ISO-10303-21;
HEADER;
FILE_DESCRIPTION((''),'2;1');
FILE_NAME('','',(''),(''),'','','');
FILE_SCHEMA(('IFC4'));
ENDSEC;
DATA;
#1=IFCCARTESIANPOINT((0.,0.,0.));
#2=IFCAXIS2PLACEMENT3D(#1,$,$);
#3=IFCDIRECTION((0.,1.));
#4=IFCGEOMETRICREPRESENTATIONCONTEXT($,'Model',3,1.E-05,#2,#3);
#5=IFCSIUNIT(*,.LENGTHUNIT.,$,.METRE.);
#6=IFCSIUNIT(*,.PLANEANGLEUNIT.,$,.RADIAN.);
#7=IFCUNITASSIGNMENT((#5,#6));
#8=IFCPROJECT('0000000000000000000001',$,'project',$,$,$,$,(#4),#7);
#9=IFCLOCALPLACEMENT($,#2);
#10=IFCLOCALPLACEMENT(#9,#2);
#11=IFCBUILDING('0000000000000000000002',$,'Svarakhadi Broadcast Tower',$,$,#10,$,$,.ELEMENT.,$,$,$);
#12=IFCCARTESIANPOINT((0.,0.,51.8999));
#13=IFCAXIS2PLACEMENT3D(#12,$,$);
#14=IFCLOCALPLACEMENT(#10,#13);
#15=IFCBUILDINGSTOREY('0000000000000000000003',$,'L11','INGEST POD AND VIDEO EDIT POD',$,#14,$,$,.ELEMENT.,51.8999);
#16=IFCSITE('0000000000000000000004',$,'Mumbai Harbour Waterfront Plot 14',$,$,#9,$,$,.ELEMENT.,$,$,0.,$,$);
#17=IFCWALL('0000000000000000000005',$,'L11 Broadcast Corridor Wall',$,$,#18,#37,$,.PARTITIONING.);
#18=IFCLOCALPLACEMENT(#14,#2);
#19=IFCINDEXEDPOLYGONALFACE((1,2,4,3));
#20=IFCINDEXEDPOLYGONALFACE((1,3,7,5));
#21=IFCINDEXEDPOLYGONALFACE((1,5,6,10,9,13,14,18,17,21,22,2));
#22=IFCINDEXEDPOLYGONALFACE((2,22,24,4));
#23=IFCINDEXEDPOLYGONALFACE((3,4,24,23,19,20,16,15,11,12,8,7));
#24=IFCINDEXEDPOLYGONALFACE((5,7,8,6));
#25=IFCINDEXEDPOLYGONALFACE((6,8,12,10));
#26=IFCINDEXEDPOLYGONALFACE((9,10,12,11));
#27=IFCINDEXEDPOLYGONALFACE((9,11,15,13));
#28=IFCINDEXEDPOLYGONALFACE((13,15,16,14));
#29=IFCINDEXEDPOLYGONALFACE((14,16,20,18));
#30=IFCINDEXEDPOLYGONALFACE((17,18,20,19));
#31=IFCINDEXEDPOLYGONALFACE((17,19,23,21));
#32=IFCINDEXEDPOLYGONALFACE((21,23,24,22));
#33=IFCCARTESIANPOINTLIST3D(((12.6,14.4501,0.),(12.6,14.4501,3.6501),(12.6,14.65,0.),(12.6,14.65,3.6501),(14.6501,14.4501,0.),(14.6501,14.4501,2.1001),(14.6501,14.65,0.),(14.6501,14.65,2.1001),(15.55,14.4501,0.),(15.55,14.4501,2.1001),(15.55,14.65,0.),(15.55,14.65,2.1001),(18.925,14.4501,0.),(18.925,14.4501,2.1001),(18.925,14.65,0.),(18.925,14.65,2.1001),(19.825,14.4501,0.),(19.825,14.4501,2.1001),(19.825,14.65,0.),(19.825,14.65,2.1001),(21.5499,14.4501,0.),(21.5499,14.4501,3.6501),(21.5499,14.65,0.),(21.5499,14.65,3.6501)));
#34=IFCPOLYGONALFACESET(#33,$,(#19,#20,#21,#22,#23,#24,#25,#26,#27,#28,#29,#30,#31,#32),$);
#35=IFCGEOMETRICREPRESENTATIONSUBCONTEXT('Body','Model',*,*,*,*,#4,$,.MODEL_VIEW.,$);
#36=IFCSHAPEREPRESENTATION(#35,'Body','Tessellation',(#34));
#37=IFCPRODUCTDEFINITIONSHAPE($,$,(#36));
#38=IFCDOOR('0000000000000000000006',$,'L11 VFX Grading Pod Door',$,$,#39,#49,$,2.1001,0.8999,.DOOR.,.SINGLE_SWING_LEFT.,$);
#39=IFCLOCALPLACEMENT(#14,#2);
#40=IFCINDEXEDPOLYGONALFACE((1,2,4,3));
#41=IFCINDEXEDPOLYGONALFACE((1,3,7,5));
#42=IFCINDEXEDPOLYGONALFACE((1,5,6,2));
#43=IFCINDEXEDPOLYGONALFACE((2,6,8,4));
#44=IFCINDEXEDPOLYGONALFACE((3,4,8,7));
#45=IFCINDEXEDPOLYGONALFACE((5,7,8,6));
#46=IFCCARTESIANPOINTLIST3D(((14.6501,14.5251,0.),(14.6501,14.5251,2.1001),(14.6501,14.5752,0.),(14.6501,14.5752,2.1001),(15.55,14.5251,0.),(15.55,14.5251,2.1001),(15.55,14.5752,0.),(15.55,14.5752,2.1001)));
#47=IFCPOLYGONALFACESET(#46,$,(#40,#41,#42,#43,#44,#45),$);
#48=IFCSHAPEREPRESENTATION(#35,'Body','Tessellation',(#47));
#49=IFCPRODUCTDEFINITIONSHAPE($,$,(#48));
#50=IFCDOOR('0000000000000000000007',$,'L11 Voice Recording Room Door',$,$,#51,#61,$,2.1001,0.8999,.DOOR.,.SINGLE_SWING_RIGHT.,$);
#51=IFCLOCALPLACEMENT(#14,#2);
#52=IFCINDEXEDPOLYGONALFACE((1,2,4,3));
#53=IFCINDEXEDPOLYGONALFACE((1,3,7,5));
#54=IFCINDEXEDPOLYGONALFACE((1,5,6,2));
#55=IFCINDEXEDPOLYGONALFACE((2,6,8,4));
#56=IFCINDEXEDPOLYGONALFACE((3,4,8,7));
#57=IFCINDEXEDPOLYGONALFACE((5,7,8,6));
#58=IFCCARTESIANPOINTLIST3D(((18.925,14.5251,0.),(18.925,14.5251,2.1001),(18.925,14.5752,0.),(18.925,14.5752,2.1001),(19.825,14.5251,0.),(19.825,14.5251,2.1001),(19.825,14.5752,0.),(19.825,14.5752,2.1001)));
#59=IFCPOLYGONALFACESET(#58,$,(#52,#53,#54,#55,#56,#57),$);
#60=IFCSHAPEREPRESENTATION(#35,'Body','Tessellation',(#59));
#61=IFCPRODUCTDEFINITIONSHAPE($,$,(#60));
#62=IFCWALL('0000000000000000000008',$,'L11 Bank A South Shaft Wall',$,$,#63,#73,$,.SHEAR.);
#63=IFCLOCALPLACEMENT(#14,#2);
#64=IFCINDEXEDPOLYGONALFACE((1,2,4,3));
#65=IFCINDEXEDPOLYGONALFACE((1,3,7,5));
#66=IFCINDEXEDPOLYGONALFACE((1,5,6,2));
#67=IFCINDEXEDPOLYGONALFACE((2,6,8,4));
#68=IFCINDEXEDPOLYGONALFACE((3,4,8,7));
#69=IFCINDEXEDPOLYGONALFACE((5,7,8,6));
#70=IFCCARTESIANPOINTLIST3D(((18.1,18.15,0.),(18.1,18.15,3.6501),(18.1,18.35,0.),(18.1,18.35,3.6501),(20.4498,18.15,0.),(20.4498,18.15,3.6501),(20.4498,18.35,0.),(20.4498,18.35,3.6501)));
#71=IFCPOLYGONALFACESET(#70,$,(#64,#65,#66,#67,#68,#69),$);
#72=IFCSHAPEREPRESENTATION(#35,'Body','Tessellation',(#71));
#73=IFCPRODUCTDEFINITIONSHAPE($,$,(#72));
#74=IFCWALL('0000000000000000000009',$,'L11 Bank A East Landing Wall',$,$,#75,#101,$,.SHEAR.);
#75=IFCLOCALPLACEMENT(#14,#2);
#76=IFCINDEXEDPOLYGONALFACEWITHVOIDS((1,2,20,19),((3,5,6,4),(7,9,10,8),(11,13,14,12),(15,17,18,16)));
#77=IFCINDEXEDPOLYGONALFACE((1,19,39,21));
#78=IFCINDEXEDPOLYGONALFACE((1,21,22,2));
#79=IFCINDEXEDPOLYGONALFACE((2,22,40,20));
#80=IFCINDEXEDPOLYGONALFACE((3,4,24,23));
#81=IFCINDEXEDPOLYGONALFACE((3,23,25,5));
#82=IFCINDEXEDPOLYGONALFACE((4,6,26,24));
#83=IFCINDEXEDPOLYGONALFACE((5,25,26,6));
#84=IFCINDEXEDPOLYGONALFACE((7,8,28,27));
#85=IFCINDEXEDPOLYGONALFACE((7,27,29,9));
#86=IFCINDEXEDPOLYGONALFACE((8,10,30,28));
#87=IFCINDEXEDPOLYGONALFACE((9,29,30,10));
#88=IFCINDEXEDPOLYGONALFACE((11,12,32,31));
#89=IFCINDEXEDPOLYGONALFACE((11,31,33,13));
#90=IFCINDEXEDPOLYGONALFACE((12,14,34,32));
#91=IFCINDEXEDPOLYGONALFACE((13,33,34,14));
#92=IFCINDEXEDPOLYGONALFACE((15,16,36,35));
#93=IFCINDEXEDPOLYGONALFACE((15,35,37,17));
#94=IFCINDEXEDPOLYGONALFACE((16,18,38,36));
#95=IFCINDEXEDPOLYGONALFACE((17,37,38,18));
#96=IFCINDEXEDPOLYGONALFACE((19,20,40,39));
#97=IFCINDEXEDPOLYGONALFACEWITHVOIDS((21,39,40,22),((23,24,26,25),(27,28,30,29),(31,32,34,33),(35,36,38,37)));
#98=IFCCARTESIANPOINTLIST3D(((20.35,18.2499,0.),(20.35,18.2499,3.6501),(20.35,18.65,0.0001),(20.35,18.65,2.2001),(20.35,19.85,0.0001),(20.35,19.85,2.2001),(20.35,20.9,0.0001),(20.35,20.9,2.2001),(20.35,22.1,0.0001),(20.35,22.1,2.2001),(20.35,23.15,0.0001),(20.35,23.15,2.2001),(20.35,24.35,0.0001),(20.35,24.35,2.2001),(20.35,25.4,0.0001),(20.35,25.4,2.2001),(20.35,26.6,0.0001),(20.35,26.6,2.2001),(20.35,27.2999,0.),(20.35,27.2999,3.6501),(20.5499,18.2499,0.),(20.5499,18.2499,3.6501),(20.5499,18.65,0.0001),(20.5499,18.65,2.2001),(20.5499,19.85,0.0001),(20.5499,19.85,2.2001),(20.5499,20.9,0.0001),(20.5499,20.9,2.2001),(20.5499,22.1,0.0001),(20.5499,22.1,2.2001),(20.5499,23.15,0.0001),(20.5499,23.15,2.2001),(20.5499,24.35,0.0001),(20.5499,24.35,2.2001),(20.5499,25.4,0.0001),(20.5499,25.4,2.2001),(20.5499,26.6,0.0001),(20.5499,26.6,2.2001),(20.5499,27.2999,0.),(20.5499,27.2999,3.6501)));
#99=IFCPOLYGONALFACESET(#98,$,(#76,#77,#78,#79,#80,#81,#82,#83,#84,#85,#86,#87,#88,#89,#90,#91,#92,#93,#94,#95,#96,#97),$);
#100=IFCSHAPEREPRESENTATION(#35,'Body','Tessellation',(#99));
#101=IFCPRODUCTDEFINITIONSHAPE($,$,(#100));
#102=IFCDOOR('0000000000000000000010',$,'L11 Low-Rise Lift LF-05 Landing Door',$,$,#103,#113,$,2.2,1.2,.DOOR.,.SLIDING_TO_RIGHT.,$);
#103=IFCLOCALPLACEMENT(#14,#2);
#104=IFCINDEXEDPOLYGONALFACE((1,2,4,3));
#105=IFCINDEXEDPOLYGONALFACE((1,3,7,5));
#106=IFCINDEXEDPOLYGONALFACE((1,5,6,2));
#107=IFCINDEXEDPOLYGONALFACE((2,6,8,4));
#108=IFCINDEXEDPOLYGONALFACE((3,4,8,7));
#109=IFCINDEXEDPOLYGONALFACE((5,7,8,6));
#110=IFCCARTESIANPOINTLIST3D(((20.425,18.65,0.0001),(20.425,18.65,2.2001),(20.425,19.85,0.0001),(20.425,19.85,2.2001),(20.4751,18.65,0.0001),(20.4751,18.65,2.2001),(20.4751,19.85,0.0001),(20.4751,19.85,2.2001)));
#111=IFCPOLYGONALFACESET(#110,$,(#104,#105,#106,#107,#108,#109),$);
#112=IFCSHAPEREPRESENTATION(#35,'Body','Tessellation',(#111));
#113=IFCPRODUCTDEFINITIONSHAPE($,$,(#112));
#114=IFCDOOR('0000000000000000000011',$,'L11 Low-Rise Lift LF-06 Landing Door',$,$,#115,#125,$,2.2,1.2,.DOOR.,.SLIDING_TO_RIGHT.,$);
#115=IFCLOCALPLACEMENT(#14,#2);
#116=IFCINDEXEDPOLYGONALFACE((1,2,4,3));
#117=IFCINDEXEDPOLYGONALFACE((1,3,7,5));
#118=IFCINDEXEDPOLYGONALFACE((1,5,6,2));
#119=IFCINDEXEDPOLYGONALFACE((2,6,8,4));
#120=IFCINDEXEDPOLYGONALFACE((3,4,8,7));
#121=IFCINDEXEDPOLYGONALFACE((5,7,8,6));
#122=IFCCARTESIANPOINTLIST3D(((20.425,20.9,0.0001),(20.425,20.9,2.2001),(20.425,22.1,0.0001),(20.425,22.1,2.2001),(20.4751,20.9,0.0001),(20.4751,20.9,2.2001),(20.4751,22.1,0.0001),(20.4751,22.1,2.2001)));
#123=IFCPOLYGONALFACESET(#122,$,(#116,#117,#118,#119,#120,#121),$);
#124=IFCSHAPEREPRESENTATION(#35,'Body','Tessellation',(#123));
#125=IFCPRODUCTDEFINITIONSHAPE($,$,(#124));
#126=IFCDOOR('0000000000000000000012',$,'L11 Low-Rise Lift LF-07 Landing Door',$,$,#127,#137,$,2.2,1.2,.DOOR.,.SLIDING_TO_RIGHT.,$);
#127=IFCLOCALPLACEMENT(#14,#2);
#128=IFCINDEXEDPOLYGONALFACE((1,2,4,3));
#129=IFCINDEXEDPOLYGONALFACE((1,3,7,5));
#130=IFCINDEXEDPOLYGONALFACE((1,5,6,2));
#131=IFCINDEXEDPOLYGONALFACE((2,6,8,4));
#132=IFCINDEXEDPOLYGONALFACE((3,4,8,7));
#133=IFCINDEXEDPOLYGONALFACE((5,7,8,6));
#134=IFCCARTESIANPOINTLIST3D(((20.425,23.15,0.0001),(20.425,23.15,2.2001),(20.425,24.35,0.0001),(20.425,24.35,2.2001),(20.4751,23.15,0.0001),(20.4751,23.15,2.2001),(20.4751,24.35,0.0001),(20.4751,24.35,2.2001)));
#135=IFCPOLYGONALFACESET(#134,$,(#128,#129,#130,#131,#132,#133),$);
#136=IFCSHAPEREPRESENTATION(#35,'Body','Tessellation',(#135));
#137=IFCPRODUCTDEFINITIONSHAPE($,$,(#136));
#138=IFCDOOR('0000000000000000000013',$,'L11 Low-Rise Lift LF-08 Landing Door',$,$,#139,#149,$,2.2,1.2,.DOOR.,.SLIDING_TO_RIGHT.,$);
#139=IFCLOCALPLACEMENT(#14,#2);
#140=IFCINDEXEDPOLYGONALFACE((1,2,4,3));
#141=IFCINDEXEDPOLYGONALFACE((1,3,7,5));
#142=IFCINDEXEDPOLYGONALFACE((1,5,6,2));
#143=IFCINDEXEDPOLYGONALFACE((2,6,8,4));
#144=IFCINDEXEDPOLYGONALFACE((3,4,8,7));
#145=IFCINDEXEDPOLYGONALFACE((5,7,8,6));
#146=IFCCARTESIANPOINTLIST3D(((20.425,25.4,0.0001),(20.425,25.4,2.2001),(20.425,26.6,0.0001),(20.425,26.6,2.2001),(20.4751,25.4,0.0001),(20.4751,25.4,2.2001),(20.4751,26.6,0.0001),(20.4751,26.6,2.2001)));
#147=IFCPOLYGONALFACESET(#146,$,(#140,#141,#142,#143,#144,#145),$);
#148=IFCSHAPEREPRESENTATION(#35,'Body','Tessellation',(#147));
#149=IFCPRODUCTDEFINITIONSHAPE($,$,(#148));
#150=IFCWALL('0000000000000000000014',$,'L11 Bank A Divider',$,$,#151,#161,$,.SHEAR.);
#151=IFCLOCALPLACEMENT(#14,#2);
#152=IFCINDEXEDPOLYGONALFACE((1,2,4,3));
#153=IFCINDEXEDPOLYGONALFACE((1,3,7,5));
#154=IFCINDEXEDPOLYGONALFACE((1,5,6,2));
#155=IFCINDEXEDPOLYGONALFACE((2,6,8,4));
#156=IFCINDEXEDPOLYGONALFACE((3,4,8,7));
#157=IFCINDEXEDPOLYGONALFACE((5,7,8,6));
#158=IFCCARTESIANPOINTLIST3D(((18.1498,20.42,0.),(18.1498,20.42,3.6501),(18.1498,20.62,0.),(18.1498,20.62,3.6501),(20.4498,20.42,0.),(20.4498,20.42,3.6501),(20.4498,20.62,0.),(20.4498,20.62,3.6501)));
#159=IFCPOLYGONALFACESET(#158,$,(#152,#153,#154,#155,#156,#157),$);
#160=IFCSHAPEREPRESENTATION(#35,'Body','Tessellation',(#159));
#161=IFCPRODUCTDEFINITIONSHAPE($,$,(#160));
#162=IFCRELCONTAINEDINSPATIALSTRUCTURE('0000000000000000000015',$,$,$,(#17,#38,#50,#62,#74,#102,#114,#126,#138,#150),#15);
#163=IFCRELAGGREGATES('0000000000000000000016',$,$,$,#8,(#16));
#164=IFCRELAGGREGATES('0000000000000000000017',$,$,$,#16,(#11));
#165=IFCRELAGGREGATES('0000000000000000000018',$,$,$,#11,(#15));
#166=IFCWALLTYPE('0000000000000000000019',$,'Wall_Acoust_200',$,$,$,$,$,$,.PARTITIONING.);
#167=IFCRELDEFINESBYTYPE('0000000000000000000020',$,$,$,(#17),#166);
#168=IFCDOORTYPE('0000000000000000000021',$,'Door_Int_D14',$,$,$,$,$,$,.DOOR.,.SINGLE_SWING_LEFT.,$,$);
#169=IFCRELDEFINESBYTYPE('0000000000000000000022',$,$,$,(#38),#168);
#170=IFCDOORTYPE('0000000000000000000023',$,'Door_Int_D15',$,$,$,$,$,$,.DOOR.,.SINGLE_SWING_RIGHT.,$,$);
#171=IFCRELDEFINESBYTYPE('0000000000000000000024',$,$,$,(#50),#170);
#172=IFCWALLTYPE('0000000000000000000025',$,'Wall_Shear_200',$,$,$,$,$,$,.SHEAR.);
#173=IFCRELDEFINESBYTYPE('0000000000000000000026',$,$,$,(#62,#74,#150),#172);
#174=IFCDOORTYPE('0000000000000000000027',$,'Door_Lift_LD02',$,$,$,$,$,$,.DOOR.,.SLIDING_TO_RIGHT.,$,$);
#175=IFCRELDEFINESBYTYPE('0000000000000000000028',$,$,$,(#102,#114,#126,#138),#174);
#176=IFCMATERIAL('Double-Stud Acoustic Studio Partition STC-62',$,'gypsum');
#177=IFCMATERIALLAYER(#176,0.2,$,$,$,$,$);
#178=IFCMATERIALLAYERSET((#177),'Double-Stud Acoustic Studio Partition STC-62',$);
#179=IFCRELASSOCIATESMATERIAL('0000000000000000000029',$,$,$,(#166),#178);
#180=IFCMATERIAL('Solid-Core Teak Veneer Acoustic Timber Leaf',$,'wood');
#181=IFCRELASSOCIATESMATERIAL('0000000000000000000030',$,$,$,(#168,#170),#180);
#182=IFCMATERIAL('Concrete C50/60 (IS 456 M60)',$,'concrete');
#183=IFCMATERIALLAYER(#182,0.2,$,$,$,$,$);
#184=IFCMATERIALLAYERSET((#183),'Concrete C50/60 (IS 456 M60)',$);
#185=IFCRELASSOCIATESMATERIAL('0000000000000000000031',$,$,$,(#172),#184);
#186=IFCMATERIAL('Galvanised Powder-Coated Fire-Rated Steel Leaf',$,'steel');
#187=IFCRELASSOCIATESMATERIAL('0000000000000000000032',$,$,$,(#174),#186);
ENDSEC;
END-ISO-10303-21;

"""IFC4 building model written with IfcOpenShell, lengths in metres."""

from ifc_helpers import new_model, si_unit, direction, frame, frame_2d, origin, place, context, subcontext, project, spatial, rectangle, extrude, material, layer, layer_set, type_object, element, fill, save


model = new_model("IFC4")

# Units and contexts
model_context = context("Model", 3, precision=1e-05, world=origin(), true_north=direction((0.0, 1.0)))
body_context = subcontext(model_context, "Body", "Model", "MODEL_VIEW")
ifc_project = project(units=[si_unit("LENGTHUNIT", "METRE"), si_unit("PLANEANGLEUNIT", "RADIAN")], contexts=[model_context])

# Site, building, storey
site_placement = place(None, origin())
site = spatial("IfcSite", under=ifc_project, at=site_placement, Name="Mumbai Harbour Waterfront Plot 14", CompositionType="ELEMENT", RefElevation=0.0)
building_placement = place(site_placement, origin())
building = spatial("IfcBuilding", under=site, at=building_placement, Name="Svarakhadi Broadcast Tower", CompositionType="ELEMENT")
storey_placement = place(building_placement, frame((0.0, 0.0, 51.8999)))
storey = spatial("IfcBuildingStorey", under=building, at=storey_placement, Name="L11", Description="INGEST POD AND VIDEO EDIT POD", CompositionType="ELEMENT", Elevation=51.8999)

# Wall, openings, doors
ifc_material_1 = material(Name="Double-Stud Acoustic Studio Partition STC-62", Category="gypsum")
ifc_layer_1 = layer(ifc_material_1, 0.2)
ifc_layer_set_1 = layer_set([ifc_layer_1], Name="Double-Stud Acoustic Studio Partition STC-62")
wall_type_1 = type_object("IfcWallType", Name="Wall_Acoust_200", PredefinedType="PARTITIONING", material=ifc_layer_set_1)
wall_1_placement = place(storey_placement, frame((21.55, 14.55, 0.0), z_axis=(0.0, 0.0, 1.0), x_axis=(-1.0, 0.0, 0.0)))
wall_1 = element("IfcWall", 1, at=wall_1_placement, inside=storey, type_object=wall_type_1, Name="L11 Broadcast Corridor Wall", PredefinedType="PARTITIONING", context=body_context, shape_type="SweptSolid", body=[
    extrude(rectangle(XDim=8.95, YDim=0.2, at=frame_2d((4.4751, 0.0))), origin(), (0.0, 0.0, 1.0), 3.6501),
])
opening_1_placement = place(wall_1_placement, frame((6.0, 0.0, 0.0)))
opening_1 = element("IfcOpeningElement", 2, at=opening_1_placement, cuts=wall_1, PredefinedType="OPENING", context=body_context, shape_type="SweptSolid", body=[
    extrude(rectangle(XDim=0.8999, YDim=2.1001, at=frame_2d((0.45, 1.05))), frame((0.0, 0.1099, 0.0), z_axis=(0.0, -1.0, 0.0), x_axis=(1.0, 0.0, 0.0)), (0.0, 0.0, 1.0), 0.22),
])
opening_2_placement = place(wall_1_placement, frame((1.7251, 0.0, 0.0)))
opening_2 = element("IfcOpeningElement", 3, at=opening_2_placement, cuts=wall_1, PredefinedType="OPENING", context=body_context, shape_type="SweptSolid", body=[
    extrude(rectangle(XDim=0.8999, YDim=2.1001, at=frame_2d((0.45, 1.05))), frame((0.0, 0.1099, 0.0), z_axis=(0.0, -1.0, 0.0), x_axis=(1.0, 0.0, 0.0)), (0.0, 0.0, 1.0), 0.22),
])
ifc_material_2 = material(Name="Solid-Core Teak Veneer Acoustic Timber Leaf", Category="wood")
door_type_1 = type_object("IfcDoorType", Name="Door_Int_D14", OperationType="SINGLE_SWING_LEFT", PredefinedType="DOOR", material=ifc_material_2)
door_1_placement = place(opening_1_placement, origin())
door_1 = element("IfcDoor", 4, at=door_1_placement, inside=storey, type_object=door_type_1, Name="L11 VFX Grading Pod Door", OperationType="SINGLE_SWING_LEFT", OverallHeight=2.1001, OverallWidth=0.8999, PredefinedType="DOOR", context=body_context, shape_type="SweptSolid", body=[
    extrude(rectangle(XDim=0.8999, YDim=2.1001, at=frame_2d((0.45, 1.05))), frame((0.0, 0.0249, 0.0), z_axis=(0.0, -1.0, 0.0), x_axis=(1.0, 0.0, 0.0)), (0.0, 0.0, 1.0), 0.05),
])
fill(opening_1, door_1)
door_type_2 = type_object("IfcDoorType", Name="Door_Int_D15", OperationType="SINGLE_SWING_RIGHT", PredefinedType="DOOR", material=ifc_material_2)
door_2_placement = place(opening_2_placement, origin())
door_2 = element("IfcDoor", 5, at=door_2_placement, inside=storey, type_object=door_type_2, Name="L11 Voice Recording Room Door", OperationType="SINGLE_SWING_RIGHT", OverallHeight=2.1001, OverallWidth=0.8999, PredefinedType="DOOR", context=body_context, shape_type="SweptSolid", body=[
    extrude(rectangle(XDim=0.8999, YDim=2.1001, at=frame_2d((0.45, 1.05))), frame((0.0, 0.0249, 0.0), z_axis=(0.0, -1.0, 0.0), x_axis=(1.0, 0.0, 0.0)), (0.0, 0.0, 1.0), 0.05),
])
fill(opening_2, door_2)

# Wall
ifc_material_3 = material(Name="Concrete C50/60 (IS 456 M60)", Category="concrete")
ifc_layer_2 = layer(ifc_material_3, 0.2)
ifc_layer_set_2 = layer_set([ifc_layer_2], Name="Concrete C50/60 (IS 456 M60)")
wall_type_2 = type_object("IfcWallType", Name="Wall_Shear_200", PredefinedType="SHEAR", material=ifc_layer_set_2)
wall_2_placement = place(storey_placement, frame((18.1001, 18.25, 0.0), z_axis=(0.0, 0.0, 1.0), x_axis=(1.0, 0.0, 0.0)))
element("IfcWall", 6, at=wall_2_placement, inside=storey, type_object=wall_type_2, Name="L11 Bank A South Shaft Wall", PredefinedType="SHEAR", context=body_context, shape_type="SweptSolid", body=[
    extrude(rectangle(XDim=2.3499, YDim=0.2, at=frame_2d((1.1748, 0.0))), origin(), (0.0, 0.0, 1.0), 3.6501),
])

# Wall, openings, doors
wall_3_placement = place(storey_placement, frame((20.45, 18.25, 0.0), z_axis=(0.0, 0.0, 1.0), x_axis=(0.0, 1.0, 0.0)))
wall_3 = element("IfcWall", 7, at=wall_3_placement, inside=storey, type_object=wall_type_2, Name="L11 Bank A East Landing Wall", PredefinedType="SHEAR", context=body_context, shape_type="SweptSolid", body=[
    extrude(rectangle(XDim=9.05, YDim=0.2, at=frame_2d((4.5249, 0.0))), origin(), (0.0, 0.0, 1.0), 3.6501),
])
opening_3_placement = place(wall_3_placement, frame((0.3999, 0.0, 0.0)))
opening_3 = element("IfcOpeningElement", 8, at=opening_3_placement, cuts=wall_3, PredefinedType="OPENING", context=body_context, shape_type="SweptSolid", body=[
    extrude(rectangle(XDim=1.2, YDim=2.2, at=frame_2d((0.6001, 1.1001))), frame((0.0, 0.1099, 0.0), z_axis=(0.0, -1.0, 0.0), x_axis=(1.0, 0.0, 0.0)), (0.0, 0.0, 1.0), 0.22),
])
opening_4_placement = place(wall_3_placement, frame((2.6499, 0.0, 0.0)))
opening_4 = element("IfcOpeningElement", 9, at=opening_4_placement, cuts=wall_3, PredefinedType="OPENING", context=body_context, shape_type="SweptSolid", body=[
    extrude(rectangle(XDim=1.2, YDim=2.2, at=frame_2d((0.6001, 1.1001))), frame((0.0, 0.1099, 0.0), z_axis=(0.0, -1.0, 0.0), x_axis=(1.0, 0.0, 0.0)), (0.0, 0.0, 1.0), 0.22),
])
opening_5_placement = place(wall_3_placement, frame((4.8999, 0.0, 0.0)))
opening_5 = element("IfcOpeningElement", 10, at=opening_5_placement, cuts=wall_3, PredefinedType="OPENING", context=body_context, shape_type="SweptSolid", body=[
    extrude(rectangle(XDim=1.2, YDim=2.2, at=frame_2d((0.6001, 1.1001))), frame((0.0, 0.1099, 0.0), z_axis=(0.0, -1.0, 0.0), x_axis=(1.0, 0.0, 0.0)), (0.0, 0.0, 1.0), 0.22),
])
opening_6_placement = place(wall_3_placement, frame((7.1499, 0.0, 0.0)))
opening_6 = element("IfcOpeningElement", 11, at=opening_6_placement, cuts=wall_3, PredefinedType="OPENING", context=body_context, shape_type="SweptSolid", body=[
    extrude(rectangle(XDim=1.2, YDim=2.2, at=frame_2d((0.6001, 1.1001))), frame((0.0, 0.1099, 0.0), z_axis=(0.0, -1.0, 0.0), x_axis=(1.0, 0.0, 0.0)), (0.0, 0.0, 1.0), 0.22),
])
ifc_material_4 = material(Name="Galvanised Powder-Coated Fire-Rated Steel Leaf", Category="steel")
door_type_3 = type_object("IfcDoorType", Name="Door_Lift_LD02", OperationType="SLIDING_TO_RIGHT", PredefinedType="DOOR", material=ifc_material_4)
door_3_placement = place(opening_3_placement, origin())
door_3 = element("IfcDoor", 12, at=door_3_placement, inside=storey, type_object=door_type_3, Name="L11 Low-Rise Lift LF-05 Landing Door", OperationType="SLIDING_TO_RIGHT", OverallHeight=2.2, OverallWidth=1.2, PredefinedType="DOOR", context=body_context, shape_type="SweptSolid", body=[
    extrude(rectangle(XDim=1.2, YDim=2.2, at=frame_2d((0.6001, 1.1001))), frame((0.0, 0.0249, 0.0), z_axis=(0.0, -1.0, 0.0), x_axis=(1.0, 0.0, 0.0)), (0.0, 0.0, 1.0), 0.05),
])
fill(opening_3, door_3)
door_4_placement = place(opening_4_placement, origin())
door_4 = element("IfcDoor", 13, at=door_4_placement, inside=storey, type_object=door_type_3, Name="L11 Low-Rise Lift LF-06 Landing Door", OperationType="SLIDING_TO_RIGHT", OverallHeight=2.2, OverallWidth=1.2, PredefinedType="DOOR", context=body_context, shape_type="SweptSolid", body=[
    extrude(rectangle(XDim=1.2, YDim=2.2, at=frame_2d((0.6001, 1.1001))), frame((0.0, 0.0249, 0.0), z_axis=(0.0, -1.0, 0.0), x_axis=(1.0, 0.0, 0.0)), (0.0, 0.0, 1.0), 0.05),
])
fill(opening_4, door_4)
door_5_placement = place(opening_5_placement, origin())
door_5 = element("IfcDoor", 14, at=door_5_placement, inside=storey, type_object=door_type_3, Name="L11 Low-Rise Lift LF-07 Landing Door", OperationType="SLIDING_TO_RIGHT", OverallHeight=2.2, OverallWidth=1.2, PredefinedType="DOOR", context=body_context, shape_type="SweptSolid", body=[
    extrude(rectangle(XDim=1.2, YDim=2.2, at=frame_2d((0.6001, 1.1001))), frame((0.0, 0.0249, 0.0), z_axis=(0.0, -1.0, 0.0), x_axis=(1.0, 0.0, 0.0)), (0.0, 0.0, 1.0), 0.05),
])
fill(opening_5, door_5)
door_6_placement = place(opening_6_placement, origin())
door_6 = element("IfcDoor", 15, at=door_6_placement, inside=storey, type_object=door_type_3, Name="L11 Low-Rise Lift LF-08 Landing Door", OperationType="SLIDING_TO_RIGHT", OverallHeight=2.2, OverallWidth=1.2, PredefinedType="DOOR", context=body_context, shape_type="SweptSolid", body=[
    extrude(rectangle(XDim=1.2, YDim=2.2, at=frame_2d((0.6001, 1.1001))), frame((0.0, 0.0249, 0.0), z_axis=(0.0, -1.0, 0.0), x_axis=(1.0, 0.0, 0.0)), (0.0, 0.0, 1.0), 0.05),
])
fill(opening_6, door_6)

# Wall
for number, where, z_axis, x_axis, name in (
    (16, (18.1499, 20.52, 0.0), (0.0, 0.0, 1.0), (1.0, 0.0, 0.0), "L11 Bank A Divider"),
):
    element("IfcWall", number, at=place(storey_placement, frame(where, z_axis=z_axis, x_axis=x_axis)), inside=storey, type_object=wall_type_2, Name=name, PredefinedType="SHEAR", context=body_context, shape_type="SweptSolid", body=[
        extrude(rectangle(XDim=2.3, YDim=0.2, at=frame_2d((1.1499, 0.0))), origin(), (0.0, 0.0, 1.0), 3.6501),
    ])

save(model, "model.ifc")
